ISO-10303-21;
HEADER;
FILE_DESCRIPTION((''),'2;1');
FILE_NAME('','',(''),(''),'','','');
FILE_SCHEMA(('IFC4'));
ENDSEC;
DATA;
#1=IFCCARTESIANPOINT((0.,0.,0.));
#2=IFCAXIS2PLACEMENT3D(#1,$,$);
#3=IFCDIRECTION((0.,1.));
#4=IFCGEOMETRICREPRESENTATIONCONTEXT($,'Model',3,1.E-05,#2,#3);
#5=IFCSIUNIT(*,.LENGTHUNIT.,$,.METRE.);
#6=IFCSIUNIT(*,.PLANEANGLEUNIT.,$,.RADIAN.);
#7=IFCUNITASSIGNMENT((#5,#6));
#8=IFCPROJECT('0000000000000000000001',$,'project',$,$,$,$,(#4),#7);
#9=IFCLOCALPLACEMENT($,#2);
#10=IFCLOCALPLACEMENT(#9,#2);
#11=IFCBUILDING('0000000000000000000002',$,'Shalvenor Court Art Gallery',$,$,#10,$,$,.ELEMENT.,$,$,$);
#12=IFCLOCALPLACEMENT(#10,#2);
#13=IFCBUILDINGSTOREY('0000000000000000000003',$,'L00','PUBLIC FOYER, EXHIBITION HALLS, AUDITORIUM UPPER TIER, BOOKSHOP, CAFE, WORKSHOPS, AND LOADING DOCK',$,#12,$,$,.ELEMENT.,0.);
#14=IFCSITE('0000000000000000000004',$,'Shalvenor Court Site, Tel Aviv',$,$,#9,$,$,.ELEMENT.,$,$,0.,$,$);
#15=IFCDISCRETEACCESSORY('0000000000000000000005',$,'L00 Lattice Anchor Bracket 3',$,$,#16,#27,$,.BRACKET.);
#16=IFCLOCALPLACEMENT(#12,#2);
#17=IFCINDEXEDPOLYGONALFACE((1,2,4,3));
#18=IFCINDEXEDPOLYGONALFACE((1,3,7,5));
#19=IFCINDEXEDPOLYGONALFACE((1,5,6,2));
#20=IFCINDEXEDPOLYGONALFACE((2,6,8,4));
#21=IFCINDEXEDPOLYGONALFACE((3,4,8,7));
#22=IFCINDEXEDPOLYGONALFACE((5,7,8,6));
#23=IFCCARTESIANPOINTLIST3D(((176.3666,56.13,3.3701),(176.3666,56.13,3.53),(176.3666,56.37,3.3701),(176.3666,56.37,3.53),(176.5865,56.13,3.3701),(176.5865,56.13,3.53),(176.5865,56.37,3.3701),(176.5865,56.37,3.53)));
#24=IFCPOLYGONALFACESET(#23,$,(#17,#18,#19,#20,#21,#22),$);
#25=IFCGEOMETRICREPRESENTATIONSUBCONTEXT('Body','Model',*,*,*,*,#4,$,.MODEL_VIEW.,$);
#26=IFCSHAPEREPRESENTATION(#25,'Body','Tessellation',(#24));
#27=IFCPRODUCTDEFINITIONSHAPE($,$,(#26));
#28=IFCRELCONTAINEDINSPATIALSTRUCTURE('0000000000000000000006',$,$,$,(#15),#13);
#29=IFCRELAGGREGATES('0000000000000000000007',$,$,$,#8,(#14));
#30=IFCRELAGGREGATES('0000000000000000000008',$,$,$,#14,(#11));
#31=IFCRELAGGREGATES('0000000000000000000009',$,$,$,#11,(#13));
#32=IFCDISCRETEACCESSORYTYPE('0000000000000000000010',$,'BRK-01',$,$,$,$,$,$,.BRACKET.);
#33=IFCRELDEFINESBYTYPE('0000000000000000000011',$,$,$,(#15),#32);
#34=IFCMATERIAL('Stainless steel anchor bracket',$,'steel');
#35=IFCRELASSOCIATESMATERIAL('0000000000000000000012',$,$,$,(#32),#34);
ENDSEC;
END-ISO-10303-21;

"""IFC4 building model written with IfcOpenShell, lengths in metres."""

from ifc_helpers import new_model, si_unit, direction, frame, origin, origin_2d, place, context, subcontext, project, spatial, rectangle, extrude, material, type_object, element, save


model = new_model("IFC4")

# Units and contexts
model_context = context("Model", 3, precision=1e-05, world=origin(), true_north=direction((0.0, 1.0)))
body_context = subcontext(model_context, "Body", "Model", "MODEL_VIEW")
ifc_project = project(units=[si_unit("LENGTHUNIT", "METRE"), si_unit("PLANEANGLEUNIT", "RADIAN")], contexts=[model_context])

# Site, building, storey
site_placement = place(None, origin())
site = spatial("IfcSite", under=ifc_project, at=site_placement, Name="Shalvenor Court Site, Tel Aviv", CompositionType="ELEMENT", RefElevation=0.0)
building_placement = place(site_placement, origin())
building = spatial("IfcBuilding", under=site, at=building_placement, Name="Shalvenor Court Art Gallery", CompositionType="ELEMENT")
storey_placement = place(building_placement, origin())
storey = spatial("IfcBuildingStorey", under=building, at=storey_placement, Name="L00", Description="PUBLIC FOYER, EXHIBITION HALLS, AUDITORIUM UPPER TIER, BOOKSHOP, CAFE, WORKSHOPS, AND LOADING DOCK", CompositionType="ELEMENT", Elevation=0.0)

# Discrete accessory
ifc_material_1 = material(Name="Stainless steel anchor bracket", Category="steel")
discrete_accessory_type = type_object("IfcDiscreteAccessoryType", Name="BRK-01", PredefinedType="BRACKET", material=ifc_material_1)
discrete_accessory_placement = place(storey_placement, frame((176.4766, 56.25, 3.3701), z_axis=(0.0, 0.0, 1.0), x_axis=(0.0, -1.0, 0.0)))
element("IfcDiscreteAccessory", 1, at=discrete_accessory_placement, inside=storey, type_object=discrete_accessory_type, Name="L00 Lattice Anchor Bracket 3", PredefinedType="BRACKET", context=body_context, shape_type="SweptSolid", body=[
    extrude(rectangle(XDim=0.24, YDim=0.22, at=origin_2d()), origin(), (0.0, 0.0, 1.0), 0.1599),
])

save(model, "model.ifc")
